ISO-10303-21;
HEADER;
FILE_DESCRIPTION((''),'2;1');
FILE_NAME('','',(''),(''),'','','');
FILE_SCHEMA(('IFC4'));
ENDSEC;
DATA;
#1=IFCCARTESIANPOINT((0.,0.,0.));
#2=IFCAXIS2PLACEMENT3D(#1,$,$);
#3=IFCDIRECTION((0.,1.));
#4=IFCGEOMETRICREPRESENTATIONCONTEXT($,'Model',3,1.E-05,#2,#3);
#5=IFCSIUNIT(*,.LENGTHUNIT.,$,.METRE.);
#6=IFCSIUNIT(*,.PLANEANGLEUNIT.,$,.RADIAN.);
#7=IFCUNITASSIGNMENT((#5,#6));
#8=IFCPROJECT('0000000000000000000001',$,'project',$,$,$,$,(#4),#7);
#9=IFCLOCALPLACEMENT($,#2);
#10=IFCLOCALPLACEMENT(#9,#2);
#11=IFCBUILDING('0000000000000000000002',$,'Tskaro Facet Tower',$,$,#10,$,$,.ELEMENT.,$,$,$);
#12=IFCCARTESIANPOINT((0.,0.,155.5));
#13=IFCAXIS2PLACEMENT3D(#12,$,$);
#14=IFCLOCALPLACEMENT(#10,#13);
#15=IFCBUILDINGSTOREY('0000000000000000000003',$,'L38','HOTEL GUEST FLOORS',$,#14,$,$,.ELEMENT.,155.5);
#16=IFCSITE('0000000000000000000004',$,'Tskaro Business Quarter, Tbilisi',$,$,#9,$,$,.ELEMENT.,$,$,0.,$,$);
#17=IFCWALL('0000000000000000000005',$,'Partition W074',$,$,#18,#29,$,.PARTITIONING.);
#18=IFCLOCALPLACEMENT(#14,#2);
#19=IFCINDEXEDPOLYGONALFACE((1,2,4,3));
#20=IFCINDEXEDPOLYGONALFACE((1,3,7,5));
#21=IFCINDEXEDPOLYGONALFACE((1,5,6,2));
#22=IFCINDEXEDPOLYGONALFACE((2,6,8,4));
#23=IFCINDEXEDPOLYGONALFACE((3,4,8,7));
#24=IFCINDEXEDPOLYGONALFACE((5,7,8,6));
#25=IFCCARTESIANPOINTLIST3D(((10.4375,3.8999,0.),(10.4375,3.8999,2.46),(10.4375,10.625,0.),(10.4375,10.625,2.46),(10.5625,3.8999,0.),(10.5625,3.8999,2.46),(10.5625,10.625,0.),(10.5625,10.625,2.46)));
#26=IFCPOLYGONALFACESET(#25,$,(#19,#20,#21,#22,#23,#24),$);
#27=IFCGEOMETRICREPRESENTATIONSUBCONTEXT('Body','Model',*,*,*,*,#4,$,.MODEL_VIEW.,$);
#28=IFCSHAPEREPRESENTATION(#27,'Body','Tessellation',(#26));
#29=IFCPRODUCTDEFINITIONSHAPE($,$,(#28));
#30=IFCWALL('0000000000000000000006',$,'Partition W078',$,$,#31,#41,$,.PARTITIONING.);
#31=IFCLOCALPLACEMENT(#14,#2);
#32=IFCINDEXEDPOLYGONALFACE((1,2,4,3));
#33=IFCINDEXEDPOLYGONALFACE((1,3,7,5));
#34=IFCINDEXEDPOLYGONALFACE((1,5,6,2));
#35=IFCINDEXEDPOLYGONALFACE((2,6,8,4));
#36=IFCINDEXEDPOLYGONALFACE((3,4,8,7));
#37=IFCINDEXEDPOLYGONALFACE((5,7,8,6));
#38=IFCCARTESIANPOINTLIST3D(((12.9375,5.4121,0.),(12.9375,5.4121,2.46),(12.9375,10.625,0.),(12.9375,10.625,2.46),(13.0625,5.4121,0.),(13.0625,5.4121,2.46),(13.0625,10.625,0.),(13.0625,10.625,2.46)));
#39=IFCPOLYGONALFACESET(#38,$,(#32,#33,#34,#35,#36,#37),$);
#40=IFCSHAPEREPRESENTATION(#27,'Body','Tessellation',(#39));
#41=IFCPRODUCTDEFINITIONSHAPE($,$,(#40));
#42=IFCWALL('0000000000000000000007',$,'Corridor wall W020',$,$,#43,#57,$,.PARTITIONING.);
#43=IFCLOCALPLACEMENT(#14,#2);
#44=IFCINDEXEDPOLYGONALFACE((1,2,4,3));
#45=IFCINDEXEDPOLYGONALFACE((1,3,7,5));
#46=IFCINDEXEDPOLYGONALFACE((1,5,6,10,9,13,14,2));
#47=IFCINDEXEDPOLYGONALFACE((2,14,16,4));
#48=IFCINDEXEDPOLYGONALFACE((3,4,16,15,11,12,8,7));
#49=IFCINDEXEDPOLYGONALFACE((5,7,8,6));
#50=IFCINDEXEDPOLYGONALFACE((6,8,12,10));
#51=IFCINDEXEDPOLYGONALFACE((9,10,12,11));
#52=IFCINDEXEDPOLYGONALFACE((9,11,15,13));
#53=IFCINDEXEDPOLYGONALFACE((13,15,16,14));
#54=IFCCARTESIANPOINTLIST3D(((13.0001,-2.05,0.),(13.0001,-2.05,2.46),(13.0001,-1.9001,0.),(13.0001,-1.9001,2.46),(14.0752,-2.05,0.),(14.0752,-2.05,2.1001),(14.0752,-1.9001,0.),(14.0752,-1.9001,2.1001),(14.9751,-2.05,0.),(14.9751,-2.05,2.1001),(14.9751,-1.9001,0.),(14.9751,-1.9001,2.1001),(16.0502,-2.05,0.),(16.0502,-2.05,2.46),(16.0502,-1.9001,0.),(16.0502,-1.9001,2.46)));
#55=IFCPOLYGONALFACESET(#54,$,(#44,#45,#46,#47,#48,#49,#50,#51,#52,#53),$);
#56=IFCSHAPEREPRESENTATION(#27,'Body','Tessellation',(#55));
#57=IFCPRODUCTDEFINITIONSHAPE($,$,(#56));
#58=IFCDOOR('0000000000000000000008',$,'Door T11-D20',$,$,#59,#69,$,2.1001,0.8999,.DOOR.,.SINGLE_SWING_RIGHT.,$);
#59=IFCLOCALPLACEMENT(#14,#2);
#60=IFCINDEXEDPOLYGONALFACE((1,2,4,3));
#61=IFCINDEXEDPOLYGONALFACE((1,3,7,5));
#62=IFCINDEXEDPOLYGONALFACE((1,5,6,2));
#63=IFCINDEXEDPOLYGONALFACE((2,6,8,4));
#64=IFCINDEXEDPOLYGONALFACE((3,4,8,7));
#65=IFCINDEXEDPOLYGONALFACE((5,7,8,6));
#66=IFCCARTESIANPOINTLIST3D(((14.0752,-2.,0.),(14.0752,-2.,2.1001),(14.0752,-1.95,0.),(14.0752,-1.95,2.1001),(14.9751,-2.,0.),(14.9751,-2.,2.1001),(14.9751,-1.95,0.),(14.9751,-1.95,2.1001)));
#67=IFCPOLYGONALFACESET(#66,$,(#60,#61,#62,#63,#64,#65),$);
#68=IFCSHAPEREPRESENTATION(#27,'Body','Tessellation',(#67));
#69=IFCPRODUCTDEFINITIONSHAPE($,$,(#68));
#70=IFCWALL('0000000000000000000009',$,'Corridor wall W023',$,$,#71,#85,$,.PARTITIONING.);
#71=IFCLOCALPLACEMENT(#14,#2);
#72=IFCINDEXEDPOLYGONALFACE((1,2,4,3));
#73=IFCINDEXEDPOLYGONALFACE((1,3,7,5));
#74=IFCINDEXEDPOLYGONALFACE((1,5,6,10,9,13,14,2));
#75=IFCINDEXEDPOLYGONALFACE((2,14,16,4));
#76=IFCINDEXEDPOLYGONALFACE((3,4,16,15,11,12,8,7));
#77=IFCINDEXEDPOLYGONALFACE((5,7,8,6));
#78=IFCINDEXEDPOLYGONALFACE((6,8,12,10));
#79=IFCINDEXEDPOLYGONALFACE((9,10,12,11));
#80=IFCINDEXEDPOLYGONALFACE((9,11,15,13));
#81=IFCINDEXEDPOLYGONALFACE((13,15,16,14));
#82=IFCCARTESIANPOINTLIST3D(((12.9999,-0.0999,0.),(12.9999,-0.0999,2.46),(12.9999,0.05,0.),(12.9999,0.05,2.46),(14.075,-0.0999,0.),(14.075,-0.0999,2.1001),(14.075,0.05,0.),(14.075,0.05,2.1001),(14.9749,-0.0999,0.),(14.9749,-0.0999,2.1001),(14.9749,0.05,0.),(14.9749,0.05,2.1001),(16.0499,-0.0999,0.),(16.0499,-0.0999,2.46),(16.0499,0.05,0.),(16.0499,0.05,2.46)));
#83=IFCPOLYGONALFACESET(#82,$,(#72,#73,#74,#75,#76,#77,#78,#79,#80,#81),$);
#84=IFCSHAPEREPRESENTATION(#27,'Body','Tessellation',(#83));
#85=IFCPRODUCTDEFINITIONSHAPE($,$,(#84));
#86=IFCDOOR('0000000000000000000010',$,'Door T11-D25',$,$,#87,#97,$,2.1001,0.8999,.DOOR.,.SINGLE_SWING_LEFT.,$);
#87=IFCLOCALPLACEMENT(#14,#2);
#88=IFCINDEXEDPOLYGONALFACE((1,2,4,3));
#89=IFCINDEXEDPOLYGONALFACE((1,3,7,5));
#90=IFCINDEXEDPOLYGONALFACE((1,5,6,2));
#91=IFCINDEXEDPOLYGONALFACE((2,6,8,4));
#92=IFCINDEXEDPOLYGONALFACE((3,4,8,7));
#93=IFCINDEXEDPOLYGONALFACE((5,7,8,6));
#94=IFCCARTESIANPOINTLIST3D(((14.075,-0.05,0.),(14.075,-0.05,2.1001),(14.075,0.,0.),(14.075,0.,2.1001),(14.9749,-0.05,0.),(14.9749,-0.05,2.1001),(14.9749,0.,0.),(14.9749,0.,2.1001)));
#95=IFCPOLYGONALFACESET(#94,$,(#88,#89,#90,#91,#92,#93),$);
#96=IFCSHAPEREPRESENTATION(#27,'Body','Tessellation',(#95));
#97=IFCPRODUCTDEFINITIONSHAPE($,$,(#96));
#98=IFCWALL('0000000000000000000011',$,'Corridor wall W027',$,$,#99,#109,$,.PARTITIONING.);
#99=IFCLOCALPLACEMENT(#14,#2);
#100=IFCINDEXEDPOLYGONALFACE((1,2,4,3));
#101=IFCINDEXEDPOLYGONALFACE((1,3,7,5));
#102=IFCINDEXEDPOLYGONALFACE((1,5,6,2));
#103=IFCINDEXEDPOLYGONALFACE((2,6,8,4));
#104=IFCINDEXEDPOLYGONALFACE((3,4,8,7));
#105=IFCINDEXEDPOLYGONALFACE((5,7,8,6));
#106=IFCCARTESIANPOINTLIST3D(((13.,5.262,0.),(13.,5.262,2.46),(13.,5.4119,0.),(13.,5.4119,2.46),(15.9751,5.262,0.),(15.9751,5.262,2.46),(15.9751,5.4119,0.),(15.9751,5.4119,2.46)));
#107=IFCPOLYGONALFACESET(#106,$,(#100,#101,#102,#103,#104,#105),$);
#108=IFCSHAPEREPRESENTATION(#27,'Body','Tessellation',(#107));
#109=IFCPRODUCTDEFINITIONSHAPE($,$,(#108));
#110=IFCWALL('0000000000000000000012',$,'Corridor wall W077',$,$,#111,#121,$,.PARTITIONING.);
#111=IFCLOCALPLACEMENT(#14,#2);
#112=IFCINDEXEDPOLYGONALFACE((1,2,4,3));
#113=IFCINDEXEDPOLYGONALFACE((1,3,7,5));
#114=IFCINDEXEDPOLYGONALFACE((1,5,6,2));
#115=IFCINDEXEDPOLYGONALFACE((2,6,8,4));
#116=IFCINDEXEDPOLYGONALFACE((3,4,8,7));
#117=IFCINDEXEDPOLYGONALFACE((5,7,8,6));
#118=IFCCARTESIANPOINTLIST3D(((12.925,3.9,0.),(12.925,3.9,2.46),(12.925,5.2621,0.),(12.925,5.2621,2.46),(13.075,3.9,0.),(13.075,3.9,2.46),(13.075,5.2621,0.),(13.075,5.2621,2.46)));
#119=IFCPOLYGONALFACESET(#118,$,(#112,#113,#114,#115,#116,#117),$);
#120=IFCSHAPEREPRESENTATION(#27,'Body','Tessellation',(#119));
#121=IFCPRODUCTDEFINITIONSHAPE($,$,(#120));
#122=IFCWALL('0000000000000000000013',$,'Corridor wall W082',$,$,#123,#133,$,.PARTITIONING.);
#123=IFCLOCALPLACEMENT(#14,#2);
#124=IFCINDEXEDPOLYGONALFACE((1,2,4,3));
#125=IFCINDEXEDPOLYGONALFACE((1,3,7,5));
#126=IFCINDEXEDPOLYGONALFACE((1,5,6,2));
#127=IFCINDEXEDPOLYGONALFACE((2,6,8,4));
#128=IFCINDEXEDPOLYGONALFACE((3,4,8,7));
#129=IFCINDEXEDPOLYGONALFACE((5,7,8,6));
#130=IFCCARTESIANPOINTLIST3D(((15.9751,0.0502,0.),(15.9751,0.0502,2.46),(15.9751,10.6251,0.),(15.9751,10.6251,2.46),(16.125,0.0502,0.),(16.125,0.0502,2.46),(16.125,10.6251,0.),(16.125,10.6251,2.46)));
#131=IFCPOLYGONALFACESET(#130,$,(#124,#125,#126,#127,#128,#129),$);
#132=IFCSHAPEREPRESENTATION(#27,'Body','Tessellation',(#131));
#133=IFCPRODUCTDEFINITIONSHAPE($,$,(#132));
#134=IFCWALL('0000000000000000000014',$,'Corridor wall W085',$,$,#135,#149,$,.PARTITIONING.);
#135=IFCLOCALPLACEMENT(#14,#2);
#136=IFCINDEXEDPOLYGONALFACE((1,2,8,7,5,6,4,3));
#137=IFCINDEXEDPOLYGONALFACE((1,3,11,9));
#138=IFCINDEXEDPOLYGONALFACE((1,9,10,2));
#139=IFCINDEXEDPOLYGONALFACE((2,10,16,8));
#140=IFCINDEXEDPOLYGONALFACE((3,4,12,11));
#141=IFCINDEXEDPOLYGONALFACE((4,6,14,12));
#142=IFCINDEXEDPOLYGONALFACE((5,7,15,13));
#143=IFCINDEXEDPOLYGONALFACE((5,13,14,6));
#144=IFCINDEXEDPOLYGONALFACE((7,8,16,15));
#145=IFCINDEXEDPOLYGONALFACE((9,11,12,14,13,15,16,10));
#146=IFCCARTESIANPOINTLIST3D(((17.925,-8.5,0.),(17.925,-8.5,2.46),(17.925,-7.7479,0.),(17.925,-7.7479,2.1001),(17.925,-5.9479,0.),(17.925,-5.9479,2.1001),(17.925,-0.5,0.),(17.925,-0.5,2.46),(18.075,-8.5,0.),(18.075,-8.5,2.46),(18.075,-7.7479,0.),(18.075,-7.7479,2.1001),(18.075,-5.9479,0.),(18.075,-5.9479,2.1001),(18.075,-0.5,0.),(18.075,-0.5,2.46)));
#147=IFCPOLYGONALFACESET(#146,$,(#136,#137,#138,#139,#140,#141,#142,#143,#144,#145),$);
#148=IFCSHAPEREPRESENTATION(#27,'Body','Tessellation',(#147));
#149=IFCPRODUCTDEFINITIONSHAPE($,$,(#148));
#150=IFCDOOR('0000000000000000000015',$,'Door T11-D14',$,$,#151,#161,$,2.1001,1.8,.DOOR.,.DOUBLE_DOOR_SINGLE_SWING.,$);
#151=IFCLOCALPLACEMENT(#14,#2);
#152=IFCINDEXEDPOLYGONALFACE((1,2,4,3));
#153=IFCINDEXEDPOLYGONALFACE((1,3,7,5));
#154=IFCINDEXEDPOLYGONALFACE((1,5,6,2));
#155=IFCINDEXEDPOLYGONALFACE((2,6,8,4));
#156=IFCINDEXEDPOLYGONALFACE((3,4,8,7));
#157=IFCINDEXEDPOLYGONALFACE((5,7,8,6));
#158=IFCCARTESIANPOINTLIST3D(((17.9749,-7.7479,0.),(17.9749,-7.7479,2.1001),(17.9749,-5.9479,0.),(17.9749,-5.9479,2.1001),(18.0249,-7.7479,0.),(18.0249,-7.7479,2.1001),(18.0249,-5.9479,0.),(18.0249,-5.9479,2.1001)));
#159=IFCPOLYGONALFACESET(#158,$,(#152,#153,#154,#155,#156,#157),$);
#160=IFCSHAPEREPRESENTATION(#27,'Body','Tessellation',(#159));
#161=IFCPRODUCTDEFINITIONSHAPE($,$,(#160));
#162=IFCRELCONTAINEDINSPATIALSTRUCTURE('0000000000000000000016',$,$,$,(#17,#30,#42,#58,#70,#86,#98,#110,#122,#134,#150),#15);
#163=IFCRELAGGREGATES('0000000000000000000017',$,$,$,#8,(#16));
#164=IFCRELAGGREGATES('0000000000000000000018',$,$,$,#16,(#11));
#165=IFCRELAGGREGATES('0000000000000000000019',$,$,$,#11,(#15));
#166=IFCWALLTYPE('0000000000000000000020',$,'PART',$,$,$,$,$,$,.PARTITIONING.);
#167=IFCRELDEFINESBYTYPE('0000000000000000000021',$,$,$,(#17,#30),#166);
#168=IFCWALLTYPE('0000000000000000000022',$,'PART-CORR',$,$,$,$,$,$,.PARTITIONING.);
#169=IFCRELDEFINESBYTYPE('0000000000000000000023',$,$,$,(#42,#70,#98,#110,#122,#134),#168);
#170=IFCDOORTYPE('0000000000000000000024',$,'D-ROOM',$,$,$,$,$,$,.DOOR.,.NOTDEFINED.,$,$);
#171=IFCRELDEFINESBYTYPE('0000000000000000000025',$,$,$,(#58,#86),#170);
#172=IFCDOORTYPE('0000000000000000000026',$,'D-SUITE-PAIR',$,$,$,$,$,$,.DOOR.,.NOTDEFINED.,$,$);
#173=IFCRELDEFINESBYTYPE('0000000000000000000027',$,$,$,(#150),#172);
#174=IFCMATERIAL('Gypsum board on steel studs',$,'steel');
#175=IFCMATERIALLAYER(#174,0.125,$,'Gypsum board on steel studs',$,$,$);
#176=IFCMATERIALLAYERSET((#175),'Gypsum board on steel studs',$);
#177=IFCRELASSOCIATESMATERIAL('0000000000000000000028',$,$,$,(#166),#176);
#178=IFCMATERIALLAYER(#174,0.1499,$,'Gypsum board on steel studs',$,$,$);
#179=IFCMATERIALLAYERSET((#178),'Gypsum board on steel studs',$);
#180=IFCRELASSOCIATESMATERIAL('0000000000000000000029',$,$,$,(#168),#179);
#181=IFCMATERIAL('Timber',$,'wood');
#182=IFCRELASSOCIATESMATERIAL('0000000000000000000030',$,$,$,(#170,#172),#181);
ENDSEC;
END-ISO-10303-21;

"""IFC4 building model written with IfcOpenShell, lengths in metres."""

from ifc_helpers import new_model, si_unit, direction, frame, frame_2d, origin, place, context, subcontext, project, spatial, rectangle, extrude, material, layer, layer_set, type_object, element, fill, save


model = new_model("IFC4")

# Units and contexts
model_context = context("Model", 3, precision=1e-05, world=origin(), true_north=direction((0.0, 1.0)))
body_context = subcontext(model_context, "Body", "Model", "MODEL_VIEW")
ifc_project = project(units=[si_unit("LENGTHUNIT", "METRE"), si_unit("PLANEANGLEUNIT", "RADIAN")], contexts=[model_context])

# Site, building, storey
site_placement = place(None, origin())
site = spatial("IfcSite", under=ifc_project, at=site_placement, Name="Tskaro Business Quarter, Tbilisi", CompositionType="ELEMENT", RefElevation=0.0)
building_placement = place(site_placement, origin())
building = spatial("IfcBuilding", under=site, at=building_placement, Name="Tskaro Facet Tower", CompositionType="ELEMENT")
storey_placement = place(building_placement, frame((0.0, 0.0, 155.5)))
storey = spatial("IfcBuildingStorey", under=building, at=storey_placement, Name="L38", Description="HOTEL GUEST FLOORS", CompositionType="ELEMENT", Elevation=155.5)

# Walls
ifc_material_1 = material(Name="Gypsum board on steel studs", Category="steel")
ifc_layer_1 = layer(ifc_material_1, 0.125, Name="Gypsum board on steel studs")
ifc_layer_set_1 = layer_set([ifc_layer_1], Name="Gypsum board on steel studs")
wall_type_1 = type_object("IfcWallType", Name="PART", PredefinedType="PARTITIONING", material=ifc_layer_set_1)
wall_1_placement = place(storey_placement, frame((10.5, 3.8999, 0.0), z_axis=(0.0, 0.0, 1.0), x_axis=(0.0, 1.0, 0.0)))
element("IfcWall", 1, at=wall_1_placement, inside=storey, type_object=wall_type_1, Name="Partition W074", PredefinedType="PARTITIONING", context=body_context, shape_type="SweptSolid", body=[
    extrude(rectangle(XDim=6.7251, YDim=0.125, at=frame_2d((3.3625, 0.0))), origin(), (0.0, 0.0, 1.0), 2.46),
])
wall_2_placement = place(storey_placement, frame((13.0, 5.4121, 0.0), z_axis=(0.0, 0.0, 1.0), x_axis=(0.0, 1.0, 0.0)))
element("IfcWall", 2, at=wall_2_placement, inside=storey, type_object=wall_type_1, Name="Partition W078", PredefinedType="PARTITIONING", context=body_context, shape_type="SweptSolid", body=[
    extrude(rectangle(XDim=5.2129, YDim=0.125, at=frame_2d((2.6064, 0.0))), origin(), (0.0, 0.0, 1.0), 2.46),
])

# Walls, openings, doors
ifc_layer_2 = layer(ifc_material_1, 0.1499, Name="Gypsum board on steel studs")
ifc_layer_set_2 = layer_set([ifc_layer_2], Name="Gypsum board on steel studs")
wall_type_2 = type_object("IfcWallType", Name="PART-CORR", PredefinedType="PARTITIONING", material=ifc_layer_set_2)
wall_3_placement = place(storey_placement, frame((16.05, -1.9751, 0.0), z_axis=(0.0, 0.0, 1.0), x_axis=(-1.0, 0.0, 0.0)))
wall_3 = element("IfcWall", 3, at=wall_3_placement, inside=storey, type_object=wall_type_2, Name="Corridor wall W020", PredefinedType="PARTITIONING", context=body_context, shape_type="SweptSolid", body=[
    extrude(rectangle(XDim=3.05, YDim=0.1499, at=frame_2d((1.5249, 0.0))), origin(), (0.0, 0.0, 1.0), 2.46),
])
opening_1_placement = place(wall_3_placement, frame((1.075, 0.0, 0.0)))
opening_1 = element("IfcOpeningElement", 4, at=opening_1_placement, cuts=wall_3, PredefinedType="OPENING", context=body_context, shape_type="SweptSolid", body=[
    extrude(rectangle(XDim=0.8999, YDim=2.1001, at=frame_2d((0.45, 1.05))), frame((0.0, 0.085, 0.0), z_axis=(0.0, -1.0, 0.0), x_axis=(1.0, 0.0, 0.0)), (0.0, 0.0, 1.0), 0.1699),
])
ifc_material_2 = material(Name="Timber", Category="wood")
door_type_1 = type_object("IfcDoorType", Name="D-ROOM", OperationType="NOTDEFINED", PredefinedType="DOOR", material=ifc_material_2)
door_1_placement = place(opening_1_placement, origin())
door_1 = element("IfcDoor", 5, at=door_1_placement, inside=storey, type_object=door_type_1, Name="Door T11-D20", OperationType="SINGLE_SWING_RIGHT", OverallHeight=2.1001, OverallWidth=0.8999, PredefinedType="DOOR", context=body_context, shape_type="SweptSolid", body=[
    extrude(rectangle(XDim=0.8999, YDim=2.1001, at=frame_2d((0.45, 1.05))), frame((0.0, 0.0249, 0.0), z_axis=(0.0, -1.0, 0.0), x_axis=(1.0, 0.0, 0.0)), (0.0, 0.0, 1.0), 0.05),
])
fill(opening_1, door_1)
wall_4_placement = place(storey_placement, frame((13.0, -0.0249, 0.0), z_axis=(0.0, 0.0, 1.0), x_axis=(1.0, 0.0, 0.0)))
wall_4 = element("IfcWall", 6, at=wall_4_placement, inside=storey, type_object=wall_type_2, Name="Corridor wall W023", PredefinedType="PARTITIONING", context=body_context, shape_type="SweptSolid", body=[
    extrude(rectangle(XDim=3.05, YDim=0.1499, at=frame_2d((1.5249, 0.0))), origin(), (0.0, 0.0, 1.0), 2.46),
])
opening_2_placement = place(wall_4_placement, frame((1.075, 0.0, 0.0)))
opening_2 = element("IfcOpeningElement", 7, at=opening_2_placement, cuts=wall_4, PredefinedType="OPENING", context=body_context, shape_type="SweptSolid", body=[
    extrude(rectangle(XDim=0.8999, YDim=2.1001, at=frame_2d((0.45, 1.05))), frame((0.0, 0.085, 0.0), z_axis=(0.0, -1.0, 0.0), x_axis=(1.0, 0.0, 0.0)), (0.0, 0.0, 1.0), 0.1699),
])
door_2_placement = place(opening_2_placement, origin())
door_2 = element("IfcDoor", 8, at=door_2_placement, inside=storey, type_object=door_type_1, Name="Door T11-D25", OperationType="SINGLE_SWING_LEFT", OverallHeight=2.1001, OverallWidth=0.8999, PredefinedType="DOOR", context=body_context, shape_type="SweptSolid", body=[
    extrude(rectangle(XDim=0.8999, YDim=2.1001, at=frame_2d((0.45, 1.05))), frame((0.0, 0.0249, 0.0), z_axis=(0.0, -1.0, 0.0), x_axis=(1.0, 0.0, 0.0)), (0.0, 0.0, 1.0), 0.05),
])
fill(opening_2, door_2)

# Walls
wall_5_placement = place(storey_placement, frame((13.0, 5.3369, 0.0), z_axis=(0.0, 0.0, 1.0), x_axis=(1.0, 0.0, 0.0)))
element("IfcWall", 9, at=wall_5_placement, inside=storey, type_object=wall_type_2, Name="Corridor wall W027", PredefinedType="PARTITIONING", context=body_context, shape_type="SweptSolid", body=[
    extrude(rectangle(XDim=2.9751, YDim=0.1499, at=frame_2d((1.4875, 0.0))), origin(), (0.0, 0.0, 1.0), 2.46),
])
wall_6_placement = place(storey_placement, frame((13.0, 3.8999, 0.0), z_axis=(0.0, 0.0, 1.0), x_axis=(0.0, 1.0, 0.0)))
element("IfcWall", 10, at=wall_6_placement, inside=storey, type_object=wall_type_2, Name="Corridor wall W077", PredefinedType="PARTITIONING", context=body_context, shape_type="SweptSolid", body=[
    extrude(rectangle(XDim=1.3621, YDim=0.1499, at=frame_2d((0.6812, 0.0))), origin(), (0.0, 0.0, 1.0), 2.46),
])
wall_7_placement = place(storey_placement, frame((16.05, 0.05, 0.0), z_axis=(0.0, 0.0, 1.0), x_axis=(0.0, 1.0, 0.0)))
element("IfcWall", 11, at=wall_7_placement, inside=storey, type_object=wall_type_2, Name="Corridor wall W082", PredefinedType="PARTITIONING", context=body_context, shape_type="SweptSolid", body=[
    extrude(rectangle(XDim=10.575, YDim=0.1499, at=frame_2d((5.2876, 0.0))), origin(), (0.0, 0.0, 1.0), 2.46),
])

# Wall, opening, door
wall_8_placement = place(storey_placement, frame((18.0, -0.5, 0.0), z_axis=(0.0, 0.0, 1.0), x_axis=(0.0, -1.0, 0.0)))
wall_8 = element("IfcWall", 12, at=wall_8_placement, inside=storey, type_object=wall_type_2, Name="Corridor wall W085", PredefinedType="PARTITIONING", context=body_context, shape_type="SweptSolid", body=[
    extrude(rectangle(XDim=8.0, YDim=0.1499, at=frame_2d((4.0, 0.0))), origin(), (0.0, 0.0, 1.0), 2.46),
])
opening_3_placement = place(wall_8_placement, frame((5.448, 0.0, 0.0)))
opening_3 = element("IfcOpeningElement", 13, at=opening_3_placement, cuts=wall_8, PredefinedType="OPENING", context=body_context, shape_type="SweptSolid", body=[
    extrude(rectangle(XDim=1.8, YDim=2.1001, at=frame_2d((0.8999, 1.05))), frame((0.0, 0.085, 0.0), z_axis=(0.0, -1.0, 0.0), x_axis=(1.0, 0.0, 0.0)), (0.0, 0.0, 1.0), 0.1699),
])
door_type_2 = type_object("IfcDoorType", Name="D-SUITE-PAIR", OperationType="NOTDEFINED", PredefinedType="DOOR", material=ifc_material_2)
door_3_placement = place(opening_3_placement, origin())
door_3 = element("IfcDoor", 14, at=door_3_placement, inside=storey, type_object=door_type_2, Name="Door T11-D14", OperationType="DOUBLE_DOOR_SINGLE_SWING", OverallHeight=2.1001, OverallWidth=1.8, PredefinedType="DOOR", context=body_context, shape_type="SweptSolid", body=[
    extrude(rectangle(XDim=1.8, YDim=2.1001, at=frame_2d((0.8999, 1.05))), frame((0.0, 0.0249, 0.0), z_axis=(0.0, -1.0, 0.0), x_axis=(1.0, 0.0, 0.0)), (0.0, 0.0, 1.0), 0.05),
])
fill(opening_3, door_3)

save(model, "model.ifc")
